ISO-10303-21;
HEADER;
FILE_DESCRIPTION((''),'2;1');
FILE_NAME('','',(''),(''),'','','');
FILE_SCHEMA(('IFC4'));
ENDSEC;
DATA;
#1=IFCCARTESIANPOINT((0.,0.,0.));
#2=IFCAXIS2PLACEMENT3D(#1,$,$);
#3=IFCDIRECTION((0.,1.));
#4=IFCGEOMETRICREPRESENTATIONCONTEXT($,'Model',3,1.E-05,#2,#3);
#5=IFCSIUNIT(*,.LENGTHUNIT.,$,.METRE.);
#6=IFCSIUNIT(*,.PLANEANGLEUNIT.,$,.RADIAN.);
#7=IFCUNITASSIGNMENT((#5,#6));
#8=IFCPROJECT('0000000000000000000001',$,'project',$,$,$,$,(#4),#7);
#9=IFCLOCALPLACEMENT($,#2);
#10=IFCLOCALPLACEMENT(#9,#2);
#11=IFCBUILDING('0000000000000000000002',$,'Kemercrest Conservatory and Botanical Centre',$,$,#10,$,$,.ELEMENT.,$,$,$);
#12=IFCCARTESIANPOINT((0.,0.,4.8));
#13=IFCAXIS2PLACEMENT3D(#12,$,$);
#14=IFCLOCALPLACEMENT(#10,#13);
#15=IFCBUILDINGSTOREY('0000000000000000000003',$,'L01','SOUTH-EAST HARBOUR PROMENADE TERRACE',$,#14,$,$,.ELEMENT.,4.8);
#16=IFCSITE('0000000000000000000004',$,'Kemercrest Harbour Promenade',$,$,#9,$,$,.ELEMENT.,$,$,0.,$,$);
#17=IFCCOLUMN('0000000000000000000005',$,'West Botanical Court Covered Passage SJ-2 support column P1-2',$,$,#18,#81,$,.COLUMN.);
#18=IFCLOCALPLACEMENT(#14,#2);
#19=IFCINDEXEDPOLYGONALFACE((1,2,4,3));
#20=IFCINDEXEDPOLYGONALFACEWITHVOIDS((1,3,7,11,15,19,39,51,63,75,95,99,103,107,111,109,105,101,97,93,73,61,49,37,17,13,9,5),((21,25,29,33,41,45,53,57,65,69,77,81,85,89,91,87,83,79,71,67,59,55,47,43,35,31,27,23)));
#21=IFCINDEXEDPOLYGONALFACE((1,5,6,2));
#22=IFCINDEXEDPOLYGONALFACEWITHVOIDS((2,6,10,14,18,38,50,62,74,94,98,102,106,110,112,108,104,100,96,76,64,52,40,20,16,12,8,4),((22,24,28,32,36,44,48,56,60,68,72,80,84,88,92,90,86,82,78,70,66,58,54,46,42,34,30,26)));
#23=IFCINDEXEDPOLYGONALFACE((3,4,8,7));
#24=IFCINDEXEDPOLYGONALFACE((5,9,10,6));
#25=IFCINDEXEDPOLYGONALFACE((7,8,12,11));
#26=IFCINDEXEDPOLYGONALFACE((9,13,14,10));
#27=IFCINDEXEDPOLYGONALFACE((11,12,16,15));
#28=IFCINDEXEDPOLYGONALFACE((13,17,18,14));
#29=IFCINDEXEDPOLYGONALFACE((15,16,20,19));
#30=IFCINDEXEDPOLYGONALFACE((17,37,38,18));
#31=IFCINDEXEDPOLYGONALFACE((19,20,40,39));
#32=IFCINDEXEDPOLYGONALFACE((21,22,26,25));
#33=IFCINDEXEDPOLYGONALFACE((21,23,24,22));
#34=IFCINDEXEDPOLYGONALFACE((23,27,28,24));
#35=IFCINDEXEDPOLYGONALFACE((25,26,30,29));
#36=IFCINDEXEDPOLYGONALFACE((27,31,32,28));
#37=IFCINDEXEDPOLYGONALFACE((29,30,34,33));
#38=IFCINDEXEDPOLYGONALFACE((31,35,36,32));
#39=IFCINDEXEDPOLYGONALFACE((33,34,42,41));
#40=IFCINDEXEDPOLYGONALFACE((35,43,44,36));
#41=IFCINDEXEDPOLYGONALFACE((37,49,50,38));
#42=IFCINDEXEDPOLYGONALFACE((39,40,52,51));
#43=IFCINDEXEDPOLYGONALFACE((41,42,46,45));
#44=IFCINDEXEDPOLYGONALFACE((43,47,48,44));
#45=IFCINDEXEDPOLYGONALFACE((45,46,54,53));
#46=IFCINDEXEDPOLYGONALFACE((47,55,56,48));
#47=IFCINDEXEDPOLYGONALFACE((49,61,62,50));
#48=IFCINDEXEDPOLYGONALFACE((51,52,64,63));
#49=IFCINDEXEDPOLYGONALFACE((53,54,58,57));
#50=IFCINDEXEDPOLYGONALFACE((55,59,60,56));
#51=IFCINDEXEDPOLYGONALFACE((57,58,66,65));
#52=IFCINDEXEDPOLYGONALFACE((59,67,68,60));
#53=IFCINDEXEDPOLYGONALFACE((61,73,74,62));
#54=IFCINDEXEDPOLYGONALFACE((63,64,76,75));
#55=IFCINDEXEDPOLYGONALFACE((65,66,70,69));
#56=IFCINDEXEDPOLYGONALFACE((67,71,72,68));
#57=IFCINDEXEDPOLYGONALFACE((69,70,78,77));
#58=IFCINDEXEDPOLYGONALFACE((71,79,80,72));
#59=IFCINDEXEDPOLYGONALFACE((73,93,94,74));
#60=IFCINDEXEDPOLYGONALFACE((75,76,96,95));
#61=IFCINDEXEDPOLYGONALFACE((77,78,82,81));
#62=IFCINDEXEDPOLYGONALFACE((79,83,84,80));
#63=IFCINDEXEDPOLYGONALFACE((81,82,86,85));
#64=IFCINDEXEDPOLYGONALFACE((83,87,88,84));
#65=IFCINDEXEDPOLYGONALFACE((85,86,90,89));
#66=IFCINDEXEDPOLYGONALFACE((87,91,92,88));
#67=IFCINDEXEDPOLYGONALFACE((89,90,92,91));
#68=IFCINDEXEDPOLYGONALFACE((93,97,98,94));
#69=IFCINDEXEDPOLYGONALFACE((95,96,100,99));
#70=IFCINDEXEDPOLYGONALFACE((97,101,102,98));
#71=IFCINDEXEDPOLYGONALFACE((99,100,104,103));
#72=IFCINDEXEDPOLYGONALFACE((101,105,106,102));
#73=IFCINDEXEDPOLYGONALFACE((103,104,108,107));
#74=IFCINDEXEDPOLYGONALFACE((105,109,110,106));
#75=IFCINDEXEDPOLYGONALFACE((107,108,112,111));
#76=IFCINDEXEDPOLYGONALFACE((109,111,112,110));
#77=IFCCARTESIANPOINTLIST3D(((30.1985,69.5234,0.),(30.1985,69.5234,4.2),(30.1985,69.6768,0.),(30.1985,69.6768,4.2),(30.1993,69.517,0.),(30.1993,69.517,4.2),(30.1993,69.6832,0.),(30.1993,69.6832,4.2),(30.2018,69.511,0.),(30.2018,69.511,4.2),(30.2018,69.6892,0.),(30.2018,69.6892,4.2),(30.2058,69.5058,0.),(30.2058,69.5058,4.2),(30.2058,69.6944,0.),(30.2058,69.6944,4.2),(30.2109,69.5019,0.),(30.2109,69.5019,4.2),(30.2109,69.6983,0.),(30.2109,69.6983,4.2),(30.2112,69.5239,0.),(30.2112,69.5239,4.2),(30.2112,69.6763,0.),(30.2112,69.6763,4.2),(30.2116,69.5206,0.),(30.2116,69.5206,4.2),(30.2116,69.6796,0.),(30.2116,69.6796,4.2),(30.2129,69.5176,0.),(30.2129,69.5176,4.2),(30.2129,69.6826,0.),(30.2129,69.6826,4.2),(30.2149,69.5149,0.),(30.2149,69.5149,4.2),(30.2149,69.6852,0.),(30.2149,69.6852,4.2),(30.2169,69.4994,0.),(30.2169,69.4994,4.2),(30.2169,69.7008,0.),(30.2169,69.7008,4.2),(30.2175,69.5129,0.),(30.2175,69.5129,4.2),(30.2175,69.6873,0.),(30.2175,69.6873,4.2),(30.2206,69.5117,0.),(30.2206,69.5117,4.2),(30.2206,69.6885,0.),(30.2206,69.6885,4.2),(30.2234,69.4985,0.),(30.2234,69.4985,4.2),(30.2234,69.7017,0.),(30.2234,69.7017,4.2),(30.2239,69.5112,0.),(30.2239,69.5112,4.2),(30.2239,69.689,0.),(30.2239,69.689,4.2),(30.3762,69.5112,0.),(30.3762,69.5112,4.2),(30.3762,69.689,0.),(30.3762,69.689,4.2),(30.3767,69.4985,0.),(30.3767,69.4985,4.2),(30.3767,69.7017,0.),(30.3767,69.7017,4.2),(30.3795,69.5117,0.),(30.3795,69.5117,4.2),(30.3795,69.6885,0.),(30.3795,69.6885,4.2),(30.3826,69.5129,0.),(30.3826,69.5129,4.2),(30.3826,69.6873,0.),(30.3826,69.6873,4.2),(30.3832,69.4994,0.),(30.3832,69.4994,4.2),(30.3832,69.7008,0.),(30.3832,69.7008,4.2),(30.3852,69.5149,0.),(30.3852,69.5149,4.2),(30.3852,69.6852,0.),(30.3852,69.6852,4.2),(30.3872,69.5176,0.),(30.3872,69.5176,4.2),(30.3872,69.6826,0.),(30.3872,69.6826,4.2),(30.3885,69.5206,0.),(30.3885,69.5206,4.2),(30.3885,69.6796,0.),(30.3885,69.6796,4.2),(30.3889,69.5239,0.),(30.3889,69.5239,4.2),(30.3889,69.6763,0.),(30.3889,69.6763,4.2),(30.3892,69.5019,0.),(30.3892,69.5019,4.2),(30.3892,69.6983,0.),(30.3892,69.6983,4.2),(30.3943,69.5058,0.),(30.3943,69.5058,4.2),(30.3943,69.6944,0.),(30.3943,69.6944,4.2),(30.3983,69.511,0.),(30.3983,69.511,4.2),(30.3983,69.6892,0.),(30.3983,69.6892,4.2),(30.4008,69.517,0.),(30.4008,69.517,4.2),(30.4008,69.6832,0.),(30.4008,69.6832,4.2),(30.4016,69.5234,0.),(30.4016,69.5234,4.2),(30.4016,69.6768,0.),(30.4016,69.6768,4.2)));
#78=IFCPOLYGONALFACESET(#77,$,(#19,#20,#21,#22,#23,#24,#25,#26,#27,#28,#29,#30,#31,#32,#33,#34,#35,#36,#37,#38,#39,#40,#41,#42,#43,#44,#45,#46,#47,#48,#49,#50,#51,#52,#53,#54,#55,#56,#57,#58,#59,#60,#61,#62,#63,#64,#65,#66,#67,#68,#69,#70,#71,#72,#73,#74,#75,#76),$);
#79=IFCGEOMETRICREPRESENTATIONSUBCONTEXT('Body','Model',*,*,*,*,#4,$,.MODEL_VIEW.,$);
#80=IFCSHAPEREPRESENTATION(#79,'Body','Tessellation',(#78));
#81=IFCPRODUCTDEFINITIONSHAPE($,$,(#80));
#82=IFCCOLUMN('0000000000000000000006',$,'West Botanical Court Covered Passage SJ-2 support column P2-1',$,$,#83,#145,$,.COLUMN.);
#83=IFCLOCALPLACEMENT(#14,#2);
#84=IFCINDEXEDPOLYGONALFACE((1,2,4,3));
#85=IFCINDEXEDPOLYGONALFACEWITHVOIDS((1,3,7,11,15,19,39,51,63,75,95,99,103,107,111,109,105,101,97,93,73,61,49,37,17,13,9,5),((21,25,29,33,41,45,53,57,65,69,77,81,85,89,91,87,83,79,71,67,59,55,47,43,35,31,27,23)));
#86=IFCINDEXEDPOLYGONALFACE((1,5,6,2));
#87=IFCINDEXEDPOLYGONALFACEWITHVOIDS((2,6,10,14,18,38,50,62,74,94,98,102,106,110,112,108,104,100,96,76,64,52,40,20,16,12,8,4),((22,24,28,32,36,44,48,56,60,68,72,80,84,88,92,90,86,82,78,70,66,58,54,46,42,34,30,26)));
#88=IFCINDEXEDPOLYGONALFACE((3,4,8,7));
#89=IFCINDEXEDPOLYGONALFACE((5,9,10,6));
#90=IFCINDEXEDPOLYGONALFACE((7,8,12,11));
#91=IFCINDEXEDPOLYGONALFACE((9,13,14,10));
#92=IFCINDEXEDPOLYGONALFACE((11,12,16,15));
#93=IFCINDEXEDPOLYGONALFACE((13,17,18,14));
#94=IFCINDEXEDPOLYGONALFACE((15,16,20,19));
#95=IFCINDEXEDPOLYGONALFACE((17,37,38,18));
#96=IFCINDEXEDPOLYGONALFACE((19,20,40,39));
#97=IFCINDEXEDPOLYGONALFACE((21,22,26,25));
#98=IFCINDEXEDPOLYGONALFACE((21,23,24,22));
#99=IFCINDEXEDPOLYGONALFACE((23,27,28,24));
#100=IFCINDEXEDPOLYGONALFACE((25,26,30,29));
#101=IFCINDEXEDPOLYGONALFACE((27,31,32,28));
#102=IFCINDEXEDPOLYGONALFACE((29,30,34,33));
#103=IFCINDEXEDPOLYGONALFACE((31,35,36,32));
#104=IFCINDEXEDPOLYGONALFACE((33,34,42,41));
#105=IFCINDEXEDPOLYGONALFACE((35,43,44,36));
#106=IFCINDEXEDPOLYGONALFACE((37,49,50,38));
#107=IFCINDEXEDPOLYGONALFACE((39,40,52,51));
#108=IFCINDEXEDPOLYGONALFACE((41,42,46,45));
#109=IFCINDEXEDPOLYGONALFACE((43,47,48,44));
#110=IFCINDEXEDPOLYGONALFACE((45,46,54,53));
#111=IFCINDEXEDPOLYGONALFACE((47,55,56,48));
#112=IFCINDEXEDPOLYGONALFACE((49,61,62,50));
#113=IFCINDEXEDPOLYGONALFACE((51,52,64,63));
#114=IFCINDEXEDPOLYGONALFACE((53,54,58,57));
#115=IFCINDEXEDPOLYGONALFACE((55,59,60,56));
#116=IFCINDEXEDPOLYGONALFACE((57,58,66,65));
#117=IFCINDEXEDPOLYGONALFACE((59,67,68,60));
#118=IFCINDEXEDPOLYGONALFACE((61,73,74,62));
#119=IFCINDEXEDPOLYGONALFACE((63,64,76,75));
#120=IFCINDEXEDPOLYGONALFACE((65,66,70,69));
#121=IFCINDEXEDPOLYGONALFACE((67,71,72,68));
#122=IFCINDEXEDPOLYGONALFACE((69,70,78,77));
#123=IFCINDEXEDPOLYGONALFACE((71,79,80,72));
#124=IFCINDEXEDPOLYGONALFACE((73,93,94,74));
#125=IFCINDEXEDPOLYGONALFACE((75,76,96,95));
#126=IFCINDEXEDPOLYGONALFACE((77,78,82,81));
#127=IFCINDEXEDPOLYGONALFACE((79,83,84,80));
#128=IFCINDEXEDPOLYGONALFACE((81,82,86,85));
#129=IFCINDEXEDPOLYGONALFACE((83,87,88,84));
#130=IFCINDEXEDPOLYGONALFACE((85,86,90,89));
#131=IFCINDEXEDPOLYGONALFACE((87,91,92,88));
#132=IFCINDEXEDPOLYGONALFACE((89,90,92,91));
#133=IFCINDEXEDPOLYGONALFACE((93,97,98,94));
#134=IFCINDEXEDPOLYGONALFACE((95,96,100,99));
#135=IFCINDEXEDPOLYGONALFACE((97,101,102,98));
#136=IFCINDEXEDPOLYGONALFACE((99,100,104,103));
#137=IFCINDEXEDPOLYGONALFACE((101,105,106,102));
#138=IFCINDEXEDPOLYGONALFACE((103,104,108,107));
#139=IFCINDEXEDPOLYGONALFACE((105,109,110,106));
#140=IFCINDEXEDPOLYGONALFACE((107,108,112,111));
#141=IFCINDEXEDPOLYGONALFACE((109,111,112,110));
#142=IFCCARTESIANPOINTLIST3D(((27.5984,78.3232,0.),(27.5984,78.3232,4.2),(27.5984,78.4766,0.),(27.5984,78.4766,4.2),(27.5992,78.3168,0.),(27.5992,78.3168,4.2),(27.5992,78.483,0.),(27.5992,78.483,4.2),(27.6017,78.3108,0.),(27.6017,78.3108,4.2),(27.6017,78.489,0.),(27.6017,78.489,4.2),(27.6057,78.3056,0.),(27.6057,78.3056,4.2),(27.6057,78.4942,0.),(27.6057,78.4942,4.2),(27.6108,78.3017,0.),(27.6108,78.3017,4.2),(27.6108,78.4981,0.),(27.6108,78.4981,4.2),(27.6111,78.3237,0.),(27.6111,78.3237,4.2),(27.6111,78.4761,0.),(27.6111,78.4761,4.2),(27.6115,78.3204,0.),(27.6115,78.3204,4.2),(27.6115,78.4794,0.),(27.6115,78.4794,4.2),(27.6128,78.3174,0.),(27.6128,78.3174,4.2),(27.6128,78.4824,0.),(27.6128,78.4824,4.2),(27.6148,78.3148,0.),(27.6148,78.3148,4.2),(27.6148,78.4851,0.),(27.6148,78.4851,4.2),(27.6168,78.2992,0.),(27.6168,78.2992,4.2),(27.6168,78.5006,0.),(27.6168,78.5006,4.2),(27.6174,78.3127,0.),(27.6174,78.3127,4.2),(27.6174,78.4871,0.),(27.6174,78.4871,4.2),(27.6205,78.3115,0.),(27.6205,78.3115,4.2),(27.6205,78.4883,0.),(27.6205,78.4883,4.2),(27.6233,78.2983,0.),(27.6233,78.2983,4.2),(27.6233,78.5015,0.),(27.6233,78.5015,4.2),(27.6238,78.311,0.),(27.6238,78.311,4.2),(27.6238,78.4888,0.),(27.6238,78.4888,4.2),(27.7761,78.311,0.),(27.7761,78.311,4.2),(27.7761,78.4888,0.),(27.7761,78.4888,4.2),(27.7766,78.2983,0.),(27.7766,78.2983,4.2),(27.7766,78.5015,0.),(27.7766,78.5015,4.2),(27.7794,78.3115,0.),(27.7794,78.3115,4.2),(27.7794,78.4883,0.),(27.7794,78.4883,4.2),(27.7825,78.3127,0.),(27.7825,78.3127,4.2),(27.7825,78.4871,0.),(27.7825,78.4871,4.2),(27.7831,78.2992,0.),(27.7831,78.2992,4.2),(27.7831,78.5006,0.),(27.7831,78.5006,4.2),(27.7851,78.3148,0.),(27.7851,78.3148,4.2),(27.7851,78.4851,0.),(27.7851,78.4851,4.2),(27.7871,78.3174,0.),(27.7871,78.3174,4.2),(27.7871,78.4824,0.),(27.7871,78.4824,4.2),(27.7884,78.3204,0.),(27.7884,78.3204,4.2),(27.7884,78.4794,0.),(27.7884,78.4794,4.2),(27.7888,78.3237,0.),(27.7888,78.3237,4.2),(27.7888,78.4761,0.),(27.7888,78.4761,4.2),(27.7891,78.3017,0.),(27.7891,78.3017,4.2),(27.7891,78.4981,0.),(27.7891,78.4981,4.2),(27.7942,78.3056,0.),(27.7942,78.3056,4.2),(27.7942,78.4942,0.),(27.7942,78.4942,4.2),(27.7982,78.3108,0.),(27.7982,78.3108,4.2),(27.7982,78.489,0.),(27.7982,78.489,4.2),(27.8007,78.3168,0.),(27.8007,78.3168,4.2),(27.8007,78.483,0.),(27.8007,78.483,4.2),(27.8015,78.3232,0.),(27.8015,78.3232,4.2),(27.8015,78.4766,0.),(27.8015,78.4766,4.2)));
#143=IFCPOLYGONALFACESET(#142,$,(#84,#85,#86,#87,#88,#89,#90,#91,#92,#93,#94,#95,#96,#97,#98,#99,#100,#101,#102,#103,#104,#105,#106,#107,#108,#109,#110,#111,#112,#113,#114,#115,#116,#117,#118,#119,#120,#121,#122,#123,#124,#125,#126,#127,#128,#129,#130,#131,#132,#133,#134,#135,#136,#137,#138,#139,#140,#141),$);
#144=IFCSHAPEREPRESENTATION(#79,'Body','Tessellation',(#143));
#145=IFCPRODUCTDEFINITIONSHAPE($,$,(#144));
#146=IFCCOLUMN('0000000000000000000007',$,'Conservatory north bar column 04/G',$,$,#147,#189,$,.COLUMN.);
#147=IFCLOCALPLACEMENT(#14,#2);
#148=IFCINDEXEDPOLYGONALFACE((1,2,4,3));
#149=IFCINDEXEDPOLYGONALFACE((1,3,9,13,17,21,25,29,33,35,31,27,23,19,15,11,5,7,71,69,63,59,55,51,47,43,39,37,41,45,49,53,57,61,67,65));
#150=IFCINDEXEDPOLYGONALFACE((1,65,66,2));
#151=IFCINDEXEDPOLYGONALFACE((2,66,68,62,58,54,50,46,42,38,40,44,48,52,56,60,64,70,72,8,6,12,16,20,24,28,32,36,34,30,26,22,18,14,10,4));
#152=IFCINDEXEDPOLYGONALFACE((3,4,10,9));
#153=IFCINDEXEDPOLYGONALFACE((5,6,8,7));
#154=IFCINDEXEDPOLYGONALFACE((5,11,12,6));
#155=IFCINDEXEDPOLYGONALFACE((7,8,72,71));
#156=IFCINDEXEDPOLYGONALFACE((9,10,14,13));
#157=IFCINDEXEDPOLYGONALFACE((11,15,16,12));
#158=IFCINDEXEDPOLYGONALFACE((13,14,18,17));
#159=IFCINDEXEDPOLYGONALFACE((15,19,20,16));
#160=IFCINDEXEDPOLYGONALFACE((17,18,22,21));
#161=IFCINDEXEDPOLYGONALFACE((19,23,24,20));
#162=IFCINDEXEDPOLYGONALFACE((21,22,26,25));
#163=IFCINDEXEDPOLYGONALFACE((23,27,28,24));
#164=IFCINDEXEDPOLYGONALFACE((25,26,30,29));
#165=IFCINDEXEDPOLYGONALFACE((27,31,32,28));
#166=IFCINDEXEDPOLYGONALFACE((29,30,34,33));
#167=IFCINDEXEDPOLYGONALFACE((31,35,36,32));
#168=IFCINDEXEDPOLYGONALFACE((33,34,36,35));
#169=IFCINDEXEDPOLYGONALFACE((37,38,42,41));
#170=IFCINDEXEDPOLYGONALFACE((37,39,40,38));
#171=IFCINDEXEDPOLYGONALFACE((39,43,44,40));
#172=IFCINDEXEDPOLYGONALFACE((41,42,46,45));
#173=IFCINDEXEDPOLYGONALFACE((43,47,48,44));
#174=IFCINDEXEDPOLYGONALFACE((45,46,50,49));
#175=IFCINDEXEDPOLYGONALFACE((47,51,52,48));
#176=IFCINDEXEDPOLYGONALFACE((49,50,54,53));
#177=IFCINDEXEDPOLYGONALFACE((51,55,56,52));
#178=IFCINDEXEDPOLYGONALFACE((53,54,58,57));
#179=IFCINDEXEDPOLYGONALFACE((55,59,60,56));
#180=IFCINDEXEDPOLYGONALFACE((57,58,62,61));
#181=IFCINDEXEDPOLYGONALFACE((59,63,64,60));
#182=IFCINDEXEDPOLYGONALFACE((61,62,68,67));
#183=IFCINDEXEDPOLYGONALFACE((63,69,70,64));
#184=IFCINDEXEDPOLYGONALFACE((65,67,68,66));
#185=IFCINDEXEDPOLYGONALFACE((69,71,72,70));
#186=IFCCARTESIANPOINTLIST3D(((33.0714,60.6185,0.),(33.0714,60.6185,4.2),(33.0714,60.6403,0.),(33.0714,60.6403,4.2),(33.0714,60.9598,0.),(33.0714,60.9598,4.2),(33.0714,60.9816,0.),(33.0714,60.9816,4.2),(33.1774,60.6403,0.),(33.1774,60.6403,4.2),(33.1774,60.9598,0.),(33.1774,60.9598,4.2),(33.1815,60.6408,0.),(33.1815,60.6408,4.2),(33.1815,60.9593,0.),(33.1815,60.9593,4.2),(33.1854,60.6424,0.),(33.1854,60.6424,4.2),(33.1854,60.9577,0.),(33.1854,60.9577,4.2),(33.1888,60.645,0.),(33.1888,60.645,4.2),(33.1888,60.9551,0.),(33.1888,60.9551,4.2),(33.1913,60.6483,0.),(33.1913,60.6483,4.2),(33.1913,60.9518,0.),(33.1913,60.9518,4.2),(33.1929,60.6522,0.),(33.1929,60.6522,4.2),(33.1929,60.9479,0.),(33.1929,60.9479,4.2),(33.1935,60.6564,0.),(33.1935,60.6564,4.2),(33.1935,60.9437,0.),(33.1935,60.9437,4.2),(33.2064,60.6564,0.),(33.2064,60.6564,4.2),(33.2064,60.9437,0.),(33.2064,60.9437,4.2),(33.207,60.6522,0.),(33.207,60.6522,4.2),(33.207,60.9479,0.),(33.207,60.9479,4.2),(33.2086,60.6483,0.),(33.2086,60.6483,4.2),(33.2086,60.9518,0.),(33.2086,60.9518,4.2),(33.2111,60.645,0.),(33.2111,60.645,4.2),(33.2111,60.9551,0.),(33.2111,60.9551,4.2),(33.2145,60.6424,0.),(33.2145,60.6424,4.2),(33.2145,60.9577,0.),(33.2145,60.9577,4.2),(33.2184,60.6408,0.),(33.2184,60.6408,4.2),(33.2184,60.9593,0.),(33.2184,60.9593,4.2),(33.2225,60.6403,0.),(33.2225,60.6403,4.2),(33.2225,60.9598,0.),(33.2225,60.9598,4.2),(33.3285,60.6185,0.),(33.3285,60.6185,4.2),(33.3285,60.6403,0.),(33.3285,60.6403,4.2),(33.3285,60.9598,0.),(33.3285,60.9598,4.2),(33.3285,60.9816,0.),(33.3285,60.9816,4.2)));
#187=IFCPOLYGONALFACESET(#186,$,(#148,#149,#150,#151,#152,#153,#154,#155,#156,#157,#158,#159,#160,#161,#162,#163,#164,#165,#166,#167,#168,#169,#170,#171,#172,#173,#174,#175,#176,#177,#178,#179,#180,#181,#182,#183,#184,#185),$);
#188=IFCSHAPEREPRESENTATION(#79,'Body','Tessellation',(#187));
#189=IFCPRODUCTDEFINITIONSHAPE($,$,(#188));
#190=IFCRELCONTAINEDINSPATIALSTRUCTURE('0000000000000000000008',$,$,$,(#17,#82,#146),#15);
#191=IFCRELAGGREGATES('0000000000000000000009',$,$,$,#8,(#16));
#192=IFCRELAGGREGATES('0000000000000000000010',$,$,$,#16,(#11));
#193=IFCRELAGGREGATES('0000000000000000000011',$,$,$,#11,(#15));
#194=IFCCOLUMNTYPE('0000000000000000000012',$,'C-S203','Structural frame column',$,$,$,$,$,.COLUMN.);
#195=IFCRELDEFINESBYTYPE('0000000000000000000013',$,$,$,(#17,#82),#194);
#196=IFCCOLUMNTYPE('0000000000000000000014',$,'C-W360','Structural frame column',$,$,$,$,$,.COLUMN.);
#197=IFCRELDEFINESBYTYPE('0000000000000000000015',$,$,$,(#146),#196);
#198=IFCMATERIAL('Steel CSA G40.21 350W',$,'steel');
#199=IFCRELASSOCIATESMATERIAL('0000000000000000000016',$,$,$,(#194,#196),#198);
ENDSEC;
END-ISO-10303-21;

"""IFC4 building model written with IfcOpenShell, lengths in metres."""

from ifc_helpers import new_model, si_unit, direction, frame, origin, origin_2d, place, context, subcontext, project, spatial, hollow_rectangle, i_section, extrude, material, material_profile, profile_set, type_object, element, save


model = new_model("IFC4")

# Units and contexts
model_context = context("Model", 3, precision=1e-05, world=origin(), true_north=direction((0.0, 1.0)))
body_context = subcontext(model_context, "Body", "Model", "MODEL_VIEW")
ifc_project = project(units=[si_unit("LENGTHUNIT", "METRE"), si_unit("PLANEANGLEUNIT", "RADIAN")], contexts=[model_context])

# Site, building, storey
site_placement = place(None, origin())
site = spatial("IfcSite", under=ifc_project, at=site_placement, Name="Kemercrest Harbour Promenade", CompositionType="ELEMENT", RefElevation=0.0)
building_placement = place(site_placement, origin())
building = spatial("IfcBuilding", under=site, at=building_placement, Name="Kemercrest Conservatory and Botanical Centre", CompositionType="ELEMENT")
storey_placement = place(building_placement, frame((0.0, 0.0, 4.8)))
storey = spatial("IfcBuildingStorey", under=building, at=storey_placement, Name="L01", Description="SOUTH-EAST HARBOUR PROMENADE TERRACE", CompositionType="ELEMENT", Elevation=4.8)

# Columns
ifc_material_1 = material(Name="Steel CSA G40.21 350W", Category="steel")
ifc_material_profile_1 = material_profile(ifc_material_1, hollow_rectangle(XDim=0.2031, YDim=0.2031, WallThickness=0.0127, InnerFilletRadius=0.0127, OuterFilletRadius=0.0249, at=origin_2d()), Name="HSS 203x203x12.7")
ifc_profile_set_1 = profile_set([ifc_material_profile_1], Name="Steel CSA G40.21 350W")
column_type_1 = type_object("IfcColumnType", Name="C-S203", Description="Structural frame column", PredefinedType="COLUMN", material=ifc_profile_set_1)
for number, where, z_axis, x_axis, name in (
    (1, (30.3, 69.6001, 0.0), (0.0, 0.0, 1.0), (1.0, 0.0, 0.0), "West Botanical Court Covered Passage SJ-2 support column P1-2"),
    (2, (27.7, 78.3999, 0.0), (0.0, 0.0, 1.0), (1.0, 0.0, 0.0), "West Botanical Court Covered Passage SJ-2 support column P2-1"),
):
    element("IfcColumn", number, at=place(storey_placement, frame(where, z_axis=z_axis, x_axis=x_axis)), inside=storey, type_object=column_type_1, Name=name, PredefinedType="COLUMN", context=body_context, shape_type="SweptSolid", body=[
        extrude(hollow_rectangle(XDim=0.2031, YDim=0.2031, WallThickness=0.0127, InnerFilletRadius=0.0127, OuterFilletRadius=0.0249, at=origin_2d()), origin(), (0.0, 0.0, 1.0), 4.2),
    ])
ifc_material_profile_2 = material_profile(ifc_material_1, i_section(OverallWidth=0.2571, OverallDepth=0.363, WebThickness=0.0129, FlangeThickness=0.0217, FilletRadius=0.0161, at=origin_2d()), Name="W360X122")
ifc_profile_set_2 = profile_set([ifc_material_profile_2], Name="Steel CSA G40.21 350W")
column_type_2 = type_object("IfcColumnType", Name="C-W360", Description="Structural frame column", PredefinedType="COLUMN", material=ifc_profile_set_2)
column_placement = place(storey_placement, frame((33.2, 60.8, 0.0), z_axis=(0.0, 0.0, 1.0), x_axis=(1.0, 0.0, 0.0)))
element("IfcColumn", 3, at=column_placement, inside=storey, type_object=column_type_2, Name="Conservatory north bar column 04/G", PredefinedType="COLUMN", context=body_context, shape_type="SweptSolid", body=[
    extrude(i_section(OverallWidth=0.2571, OverallDepth=0.363, WebThickness=0.0129, FlangeThickness=0.0217, FilletRadius=0.0161, at=origin_2d()), origin(), (0.0, 0.0, 1.0), 4.2),
])

save(model, "model.ifc")
